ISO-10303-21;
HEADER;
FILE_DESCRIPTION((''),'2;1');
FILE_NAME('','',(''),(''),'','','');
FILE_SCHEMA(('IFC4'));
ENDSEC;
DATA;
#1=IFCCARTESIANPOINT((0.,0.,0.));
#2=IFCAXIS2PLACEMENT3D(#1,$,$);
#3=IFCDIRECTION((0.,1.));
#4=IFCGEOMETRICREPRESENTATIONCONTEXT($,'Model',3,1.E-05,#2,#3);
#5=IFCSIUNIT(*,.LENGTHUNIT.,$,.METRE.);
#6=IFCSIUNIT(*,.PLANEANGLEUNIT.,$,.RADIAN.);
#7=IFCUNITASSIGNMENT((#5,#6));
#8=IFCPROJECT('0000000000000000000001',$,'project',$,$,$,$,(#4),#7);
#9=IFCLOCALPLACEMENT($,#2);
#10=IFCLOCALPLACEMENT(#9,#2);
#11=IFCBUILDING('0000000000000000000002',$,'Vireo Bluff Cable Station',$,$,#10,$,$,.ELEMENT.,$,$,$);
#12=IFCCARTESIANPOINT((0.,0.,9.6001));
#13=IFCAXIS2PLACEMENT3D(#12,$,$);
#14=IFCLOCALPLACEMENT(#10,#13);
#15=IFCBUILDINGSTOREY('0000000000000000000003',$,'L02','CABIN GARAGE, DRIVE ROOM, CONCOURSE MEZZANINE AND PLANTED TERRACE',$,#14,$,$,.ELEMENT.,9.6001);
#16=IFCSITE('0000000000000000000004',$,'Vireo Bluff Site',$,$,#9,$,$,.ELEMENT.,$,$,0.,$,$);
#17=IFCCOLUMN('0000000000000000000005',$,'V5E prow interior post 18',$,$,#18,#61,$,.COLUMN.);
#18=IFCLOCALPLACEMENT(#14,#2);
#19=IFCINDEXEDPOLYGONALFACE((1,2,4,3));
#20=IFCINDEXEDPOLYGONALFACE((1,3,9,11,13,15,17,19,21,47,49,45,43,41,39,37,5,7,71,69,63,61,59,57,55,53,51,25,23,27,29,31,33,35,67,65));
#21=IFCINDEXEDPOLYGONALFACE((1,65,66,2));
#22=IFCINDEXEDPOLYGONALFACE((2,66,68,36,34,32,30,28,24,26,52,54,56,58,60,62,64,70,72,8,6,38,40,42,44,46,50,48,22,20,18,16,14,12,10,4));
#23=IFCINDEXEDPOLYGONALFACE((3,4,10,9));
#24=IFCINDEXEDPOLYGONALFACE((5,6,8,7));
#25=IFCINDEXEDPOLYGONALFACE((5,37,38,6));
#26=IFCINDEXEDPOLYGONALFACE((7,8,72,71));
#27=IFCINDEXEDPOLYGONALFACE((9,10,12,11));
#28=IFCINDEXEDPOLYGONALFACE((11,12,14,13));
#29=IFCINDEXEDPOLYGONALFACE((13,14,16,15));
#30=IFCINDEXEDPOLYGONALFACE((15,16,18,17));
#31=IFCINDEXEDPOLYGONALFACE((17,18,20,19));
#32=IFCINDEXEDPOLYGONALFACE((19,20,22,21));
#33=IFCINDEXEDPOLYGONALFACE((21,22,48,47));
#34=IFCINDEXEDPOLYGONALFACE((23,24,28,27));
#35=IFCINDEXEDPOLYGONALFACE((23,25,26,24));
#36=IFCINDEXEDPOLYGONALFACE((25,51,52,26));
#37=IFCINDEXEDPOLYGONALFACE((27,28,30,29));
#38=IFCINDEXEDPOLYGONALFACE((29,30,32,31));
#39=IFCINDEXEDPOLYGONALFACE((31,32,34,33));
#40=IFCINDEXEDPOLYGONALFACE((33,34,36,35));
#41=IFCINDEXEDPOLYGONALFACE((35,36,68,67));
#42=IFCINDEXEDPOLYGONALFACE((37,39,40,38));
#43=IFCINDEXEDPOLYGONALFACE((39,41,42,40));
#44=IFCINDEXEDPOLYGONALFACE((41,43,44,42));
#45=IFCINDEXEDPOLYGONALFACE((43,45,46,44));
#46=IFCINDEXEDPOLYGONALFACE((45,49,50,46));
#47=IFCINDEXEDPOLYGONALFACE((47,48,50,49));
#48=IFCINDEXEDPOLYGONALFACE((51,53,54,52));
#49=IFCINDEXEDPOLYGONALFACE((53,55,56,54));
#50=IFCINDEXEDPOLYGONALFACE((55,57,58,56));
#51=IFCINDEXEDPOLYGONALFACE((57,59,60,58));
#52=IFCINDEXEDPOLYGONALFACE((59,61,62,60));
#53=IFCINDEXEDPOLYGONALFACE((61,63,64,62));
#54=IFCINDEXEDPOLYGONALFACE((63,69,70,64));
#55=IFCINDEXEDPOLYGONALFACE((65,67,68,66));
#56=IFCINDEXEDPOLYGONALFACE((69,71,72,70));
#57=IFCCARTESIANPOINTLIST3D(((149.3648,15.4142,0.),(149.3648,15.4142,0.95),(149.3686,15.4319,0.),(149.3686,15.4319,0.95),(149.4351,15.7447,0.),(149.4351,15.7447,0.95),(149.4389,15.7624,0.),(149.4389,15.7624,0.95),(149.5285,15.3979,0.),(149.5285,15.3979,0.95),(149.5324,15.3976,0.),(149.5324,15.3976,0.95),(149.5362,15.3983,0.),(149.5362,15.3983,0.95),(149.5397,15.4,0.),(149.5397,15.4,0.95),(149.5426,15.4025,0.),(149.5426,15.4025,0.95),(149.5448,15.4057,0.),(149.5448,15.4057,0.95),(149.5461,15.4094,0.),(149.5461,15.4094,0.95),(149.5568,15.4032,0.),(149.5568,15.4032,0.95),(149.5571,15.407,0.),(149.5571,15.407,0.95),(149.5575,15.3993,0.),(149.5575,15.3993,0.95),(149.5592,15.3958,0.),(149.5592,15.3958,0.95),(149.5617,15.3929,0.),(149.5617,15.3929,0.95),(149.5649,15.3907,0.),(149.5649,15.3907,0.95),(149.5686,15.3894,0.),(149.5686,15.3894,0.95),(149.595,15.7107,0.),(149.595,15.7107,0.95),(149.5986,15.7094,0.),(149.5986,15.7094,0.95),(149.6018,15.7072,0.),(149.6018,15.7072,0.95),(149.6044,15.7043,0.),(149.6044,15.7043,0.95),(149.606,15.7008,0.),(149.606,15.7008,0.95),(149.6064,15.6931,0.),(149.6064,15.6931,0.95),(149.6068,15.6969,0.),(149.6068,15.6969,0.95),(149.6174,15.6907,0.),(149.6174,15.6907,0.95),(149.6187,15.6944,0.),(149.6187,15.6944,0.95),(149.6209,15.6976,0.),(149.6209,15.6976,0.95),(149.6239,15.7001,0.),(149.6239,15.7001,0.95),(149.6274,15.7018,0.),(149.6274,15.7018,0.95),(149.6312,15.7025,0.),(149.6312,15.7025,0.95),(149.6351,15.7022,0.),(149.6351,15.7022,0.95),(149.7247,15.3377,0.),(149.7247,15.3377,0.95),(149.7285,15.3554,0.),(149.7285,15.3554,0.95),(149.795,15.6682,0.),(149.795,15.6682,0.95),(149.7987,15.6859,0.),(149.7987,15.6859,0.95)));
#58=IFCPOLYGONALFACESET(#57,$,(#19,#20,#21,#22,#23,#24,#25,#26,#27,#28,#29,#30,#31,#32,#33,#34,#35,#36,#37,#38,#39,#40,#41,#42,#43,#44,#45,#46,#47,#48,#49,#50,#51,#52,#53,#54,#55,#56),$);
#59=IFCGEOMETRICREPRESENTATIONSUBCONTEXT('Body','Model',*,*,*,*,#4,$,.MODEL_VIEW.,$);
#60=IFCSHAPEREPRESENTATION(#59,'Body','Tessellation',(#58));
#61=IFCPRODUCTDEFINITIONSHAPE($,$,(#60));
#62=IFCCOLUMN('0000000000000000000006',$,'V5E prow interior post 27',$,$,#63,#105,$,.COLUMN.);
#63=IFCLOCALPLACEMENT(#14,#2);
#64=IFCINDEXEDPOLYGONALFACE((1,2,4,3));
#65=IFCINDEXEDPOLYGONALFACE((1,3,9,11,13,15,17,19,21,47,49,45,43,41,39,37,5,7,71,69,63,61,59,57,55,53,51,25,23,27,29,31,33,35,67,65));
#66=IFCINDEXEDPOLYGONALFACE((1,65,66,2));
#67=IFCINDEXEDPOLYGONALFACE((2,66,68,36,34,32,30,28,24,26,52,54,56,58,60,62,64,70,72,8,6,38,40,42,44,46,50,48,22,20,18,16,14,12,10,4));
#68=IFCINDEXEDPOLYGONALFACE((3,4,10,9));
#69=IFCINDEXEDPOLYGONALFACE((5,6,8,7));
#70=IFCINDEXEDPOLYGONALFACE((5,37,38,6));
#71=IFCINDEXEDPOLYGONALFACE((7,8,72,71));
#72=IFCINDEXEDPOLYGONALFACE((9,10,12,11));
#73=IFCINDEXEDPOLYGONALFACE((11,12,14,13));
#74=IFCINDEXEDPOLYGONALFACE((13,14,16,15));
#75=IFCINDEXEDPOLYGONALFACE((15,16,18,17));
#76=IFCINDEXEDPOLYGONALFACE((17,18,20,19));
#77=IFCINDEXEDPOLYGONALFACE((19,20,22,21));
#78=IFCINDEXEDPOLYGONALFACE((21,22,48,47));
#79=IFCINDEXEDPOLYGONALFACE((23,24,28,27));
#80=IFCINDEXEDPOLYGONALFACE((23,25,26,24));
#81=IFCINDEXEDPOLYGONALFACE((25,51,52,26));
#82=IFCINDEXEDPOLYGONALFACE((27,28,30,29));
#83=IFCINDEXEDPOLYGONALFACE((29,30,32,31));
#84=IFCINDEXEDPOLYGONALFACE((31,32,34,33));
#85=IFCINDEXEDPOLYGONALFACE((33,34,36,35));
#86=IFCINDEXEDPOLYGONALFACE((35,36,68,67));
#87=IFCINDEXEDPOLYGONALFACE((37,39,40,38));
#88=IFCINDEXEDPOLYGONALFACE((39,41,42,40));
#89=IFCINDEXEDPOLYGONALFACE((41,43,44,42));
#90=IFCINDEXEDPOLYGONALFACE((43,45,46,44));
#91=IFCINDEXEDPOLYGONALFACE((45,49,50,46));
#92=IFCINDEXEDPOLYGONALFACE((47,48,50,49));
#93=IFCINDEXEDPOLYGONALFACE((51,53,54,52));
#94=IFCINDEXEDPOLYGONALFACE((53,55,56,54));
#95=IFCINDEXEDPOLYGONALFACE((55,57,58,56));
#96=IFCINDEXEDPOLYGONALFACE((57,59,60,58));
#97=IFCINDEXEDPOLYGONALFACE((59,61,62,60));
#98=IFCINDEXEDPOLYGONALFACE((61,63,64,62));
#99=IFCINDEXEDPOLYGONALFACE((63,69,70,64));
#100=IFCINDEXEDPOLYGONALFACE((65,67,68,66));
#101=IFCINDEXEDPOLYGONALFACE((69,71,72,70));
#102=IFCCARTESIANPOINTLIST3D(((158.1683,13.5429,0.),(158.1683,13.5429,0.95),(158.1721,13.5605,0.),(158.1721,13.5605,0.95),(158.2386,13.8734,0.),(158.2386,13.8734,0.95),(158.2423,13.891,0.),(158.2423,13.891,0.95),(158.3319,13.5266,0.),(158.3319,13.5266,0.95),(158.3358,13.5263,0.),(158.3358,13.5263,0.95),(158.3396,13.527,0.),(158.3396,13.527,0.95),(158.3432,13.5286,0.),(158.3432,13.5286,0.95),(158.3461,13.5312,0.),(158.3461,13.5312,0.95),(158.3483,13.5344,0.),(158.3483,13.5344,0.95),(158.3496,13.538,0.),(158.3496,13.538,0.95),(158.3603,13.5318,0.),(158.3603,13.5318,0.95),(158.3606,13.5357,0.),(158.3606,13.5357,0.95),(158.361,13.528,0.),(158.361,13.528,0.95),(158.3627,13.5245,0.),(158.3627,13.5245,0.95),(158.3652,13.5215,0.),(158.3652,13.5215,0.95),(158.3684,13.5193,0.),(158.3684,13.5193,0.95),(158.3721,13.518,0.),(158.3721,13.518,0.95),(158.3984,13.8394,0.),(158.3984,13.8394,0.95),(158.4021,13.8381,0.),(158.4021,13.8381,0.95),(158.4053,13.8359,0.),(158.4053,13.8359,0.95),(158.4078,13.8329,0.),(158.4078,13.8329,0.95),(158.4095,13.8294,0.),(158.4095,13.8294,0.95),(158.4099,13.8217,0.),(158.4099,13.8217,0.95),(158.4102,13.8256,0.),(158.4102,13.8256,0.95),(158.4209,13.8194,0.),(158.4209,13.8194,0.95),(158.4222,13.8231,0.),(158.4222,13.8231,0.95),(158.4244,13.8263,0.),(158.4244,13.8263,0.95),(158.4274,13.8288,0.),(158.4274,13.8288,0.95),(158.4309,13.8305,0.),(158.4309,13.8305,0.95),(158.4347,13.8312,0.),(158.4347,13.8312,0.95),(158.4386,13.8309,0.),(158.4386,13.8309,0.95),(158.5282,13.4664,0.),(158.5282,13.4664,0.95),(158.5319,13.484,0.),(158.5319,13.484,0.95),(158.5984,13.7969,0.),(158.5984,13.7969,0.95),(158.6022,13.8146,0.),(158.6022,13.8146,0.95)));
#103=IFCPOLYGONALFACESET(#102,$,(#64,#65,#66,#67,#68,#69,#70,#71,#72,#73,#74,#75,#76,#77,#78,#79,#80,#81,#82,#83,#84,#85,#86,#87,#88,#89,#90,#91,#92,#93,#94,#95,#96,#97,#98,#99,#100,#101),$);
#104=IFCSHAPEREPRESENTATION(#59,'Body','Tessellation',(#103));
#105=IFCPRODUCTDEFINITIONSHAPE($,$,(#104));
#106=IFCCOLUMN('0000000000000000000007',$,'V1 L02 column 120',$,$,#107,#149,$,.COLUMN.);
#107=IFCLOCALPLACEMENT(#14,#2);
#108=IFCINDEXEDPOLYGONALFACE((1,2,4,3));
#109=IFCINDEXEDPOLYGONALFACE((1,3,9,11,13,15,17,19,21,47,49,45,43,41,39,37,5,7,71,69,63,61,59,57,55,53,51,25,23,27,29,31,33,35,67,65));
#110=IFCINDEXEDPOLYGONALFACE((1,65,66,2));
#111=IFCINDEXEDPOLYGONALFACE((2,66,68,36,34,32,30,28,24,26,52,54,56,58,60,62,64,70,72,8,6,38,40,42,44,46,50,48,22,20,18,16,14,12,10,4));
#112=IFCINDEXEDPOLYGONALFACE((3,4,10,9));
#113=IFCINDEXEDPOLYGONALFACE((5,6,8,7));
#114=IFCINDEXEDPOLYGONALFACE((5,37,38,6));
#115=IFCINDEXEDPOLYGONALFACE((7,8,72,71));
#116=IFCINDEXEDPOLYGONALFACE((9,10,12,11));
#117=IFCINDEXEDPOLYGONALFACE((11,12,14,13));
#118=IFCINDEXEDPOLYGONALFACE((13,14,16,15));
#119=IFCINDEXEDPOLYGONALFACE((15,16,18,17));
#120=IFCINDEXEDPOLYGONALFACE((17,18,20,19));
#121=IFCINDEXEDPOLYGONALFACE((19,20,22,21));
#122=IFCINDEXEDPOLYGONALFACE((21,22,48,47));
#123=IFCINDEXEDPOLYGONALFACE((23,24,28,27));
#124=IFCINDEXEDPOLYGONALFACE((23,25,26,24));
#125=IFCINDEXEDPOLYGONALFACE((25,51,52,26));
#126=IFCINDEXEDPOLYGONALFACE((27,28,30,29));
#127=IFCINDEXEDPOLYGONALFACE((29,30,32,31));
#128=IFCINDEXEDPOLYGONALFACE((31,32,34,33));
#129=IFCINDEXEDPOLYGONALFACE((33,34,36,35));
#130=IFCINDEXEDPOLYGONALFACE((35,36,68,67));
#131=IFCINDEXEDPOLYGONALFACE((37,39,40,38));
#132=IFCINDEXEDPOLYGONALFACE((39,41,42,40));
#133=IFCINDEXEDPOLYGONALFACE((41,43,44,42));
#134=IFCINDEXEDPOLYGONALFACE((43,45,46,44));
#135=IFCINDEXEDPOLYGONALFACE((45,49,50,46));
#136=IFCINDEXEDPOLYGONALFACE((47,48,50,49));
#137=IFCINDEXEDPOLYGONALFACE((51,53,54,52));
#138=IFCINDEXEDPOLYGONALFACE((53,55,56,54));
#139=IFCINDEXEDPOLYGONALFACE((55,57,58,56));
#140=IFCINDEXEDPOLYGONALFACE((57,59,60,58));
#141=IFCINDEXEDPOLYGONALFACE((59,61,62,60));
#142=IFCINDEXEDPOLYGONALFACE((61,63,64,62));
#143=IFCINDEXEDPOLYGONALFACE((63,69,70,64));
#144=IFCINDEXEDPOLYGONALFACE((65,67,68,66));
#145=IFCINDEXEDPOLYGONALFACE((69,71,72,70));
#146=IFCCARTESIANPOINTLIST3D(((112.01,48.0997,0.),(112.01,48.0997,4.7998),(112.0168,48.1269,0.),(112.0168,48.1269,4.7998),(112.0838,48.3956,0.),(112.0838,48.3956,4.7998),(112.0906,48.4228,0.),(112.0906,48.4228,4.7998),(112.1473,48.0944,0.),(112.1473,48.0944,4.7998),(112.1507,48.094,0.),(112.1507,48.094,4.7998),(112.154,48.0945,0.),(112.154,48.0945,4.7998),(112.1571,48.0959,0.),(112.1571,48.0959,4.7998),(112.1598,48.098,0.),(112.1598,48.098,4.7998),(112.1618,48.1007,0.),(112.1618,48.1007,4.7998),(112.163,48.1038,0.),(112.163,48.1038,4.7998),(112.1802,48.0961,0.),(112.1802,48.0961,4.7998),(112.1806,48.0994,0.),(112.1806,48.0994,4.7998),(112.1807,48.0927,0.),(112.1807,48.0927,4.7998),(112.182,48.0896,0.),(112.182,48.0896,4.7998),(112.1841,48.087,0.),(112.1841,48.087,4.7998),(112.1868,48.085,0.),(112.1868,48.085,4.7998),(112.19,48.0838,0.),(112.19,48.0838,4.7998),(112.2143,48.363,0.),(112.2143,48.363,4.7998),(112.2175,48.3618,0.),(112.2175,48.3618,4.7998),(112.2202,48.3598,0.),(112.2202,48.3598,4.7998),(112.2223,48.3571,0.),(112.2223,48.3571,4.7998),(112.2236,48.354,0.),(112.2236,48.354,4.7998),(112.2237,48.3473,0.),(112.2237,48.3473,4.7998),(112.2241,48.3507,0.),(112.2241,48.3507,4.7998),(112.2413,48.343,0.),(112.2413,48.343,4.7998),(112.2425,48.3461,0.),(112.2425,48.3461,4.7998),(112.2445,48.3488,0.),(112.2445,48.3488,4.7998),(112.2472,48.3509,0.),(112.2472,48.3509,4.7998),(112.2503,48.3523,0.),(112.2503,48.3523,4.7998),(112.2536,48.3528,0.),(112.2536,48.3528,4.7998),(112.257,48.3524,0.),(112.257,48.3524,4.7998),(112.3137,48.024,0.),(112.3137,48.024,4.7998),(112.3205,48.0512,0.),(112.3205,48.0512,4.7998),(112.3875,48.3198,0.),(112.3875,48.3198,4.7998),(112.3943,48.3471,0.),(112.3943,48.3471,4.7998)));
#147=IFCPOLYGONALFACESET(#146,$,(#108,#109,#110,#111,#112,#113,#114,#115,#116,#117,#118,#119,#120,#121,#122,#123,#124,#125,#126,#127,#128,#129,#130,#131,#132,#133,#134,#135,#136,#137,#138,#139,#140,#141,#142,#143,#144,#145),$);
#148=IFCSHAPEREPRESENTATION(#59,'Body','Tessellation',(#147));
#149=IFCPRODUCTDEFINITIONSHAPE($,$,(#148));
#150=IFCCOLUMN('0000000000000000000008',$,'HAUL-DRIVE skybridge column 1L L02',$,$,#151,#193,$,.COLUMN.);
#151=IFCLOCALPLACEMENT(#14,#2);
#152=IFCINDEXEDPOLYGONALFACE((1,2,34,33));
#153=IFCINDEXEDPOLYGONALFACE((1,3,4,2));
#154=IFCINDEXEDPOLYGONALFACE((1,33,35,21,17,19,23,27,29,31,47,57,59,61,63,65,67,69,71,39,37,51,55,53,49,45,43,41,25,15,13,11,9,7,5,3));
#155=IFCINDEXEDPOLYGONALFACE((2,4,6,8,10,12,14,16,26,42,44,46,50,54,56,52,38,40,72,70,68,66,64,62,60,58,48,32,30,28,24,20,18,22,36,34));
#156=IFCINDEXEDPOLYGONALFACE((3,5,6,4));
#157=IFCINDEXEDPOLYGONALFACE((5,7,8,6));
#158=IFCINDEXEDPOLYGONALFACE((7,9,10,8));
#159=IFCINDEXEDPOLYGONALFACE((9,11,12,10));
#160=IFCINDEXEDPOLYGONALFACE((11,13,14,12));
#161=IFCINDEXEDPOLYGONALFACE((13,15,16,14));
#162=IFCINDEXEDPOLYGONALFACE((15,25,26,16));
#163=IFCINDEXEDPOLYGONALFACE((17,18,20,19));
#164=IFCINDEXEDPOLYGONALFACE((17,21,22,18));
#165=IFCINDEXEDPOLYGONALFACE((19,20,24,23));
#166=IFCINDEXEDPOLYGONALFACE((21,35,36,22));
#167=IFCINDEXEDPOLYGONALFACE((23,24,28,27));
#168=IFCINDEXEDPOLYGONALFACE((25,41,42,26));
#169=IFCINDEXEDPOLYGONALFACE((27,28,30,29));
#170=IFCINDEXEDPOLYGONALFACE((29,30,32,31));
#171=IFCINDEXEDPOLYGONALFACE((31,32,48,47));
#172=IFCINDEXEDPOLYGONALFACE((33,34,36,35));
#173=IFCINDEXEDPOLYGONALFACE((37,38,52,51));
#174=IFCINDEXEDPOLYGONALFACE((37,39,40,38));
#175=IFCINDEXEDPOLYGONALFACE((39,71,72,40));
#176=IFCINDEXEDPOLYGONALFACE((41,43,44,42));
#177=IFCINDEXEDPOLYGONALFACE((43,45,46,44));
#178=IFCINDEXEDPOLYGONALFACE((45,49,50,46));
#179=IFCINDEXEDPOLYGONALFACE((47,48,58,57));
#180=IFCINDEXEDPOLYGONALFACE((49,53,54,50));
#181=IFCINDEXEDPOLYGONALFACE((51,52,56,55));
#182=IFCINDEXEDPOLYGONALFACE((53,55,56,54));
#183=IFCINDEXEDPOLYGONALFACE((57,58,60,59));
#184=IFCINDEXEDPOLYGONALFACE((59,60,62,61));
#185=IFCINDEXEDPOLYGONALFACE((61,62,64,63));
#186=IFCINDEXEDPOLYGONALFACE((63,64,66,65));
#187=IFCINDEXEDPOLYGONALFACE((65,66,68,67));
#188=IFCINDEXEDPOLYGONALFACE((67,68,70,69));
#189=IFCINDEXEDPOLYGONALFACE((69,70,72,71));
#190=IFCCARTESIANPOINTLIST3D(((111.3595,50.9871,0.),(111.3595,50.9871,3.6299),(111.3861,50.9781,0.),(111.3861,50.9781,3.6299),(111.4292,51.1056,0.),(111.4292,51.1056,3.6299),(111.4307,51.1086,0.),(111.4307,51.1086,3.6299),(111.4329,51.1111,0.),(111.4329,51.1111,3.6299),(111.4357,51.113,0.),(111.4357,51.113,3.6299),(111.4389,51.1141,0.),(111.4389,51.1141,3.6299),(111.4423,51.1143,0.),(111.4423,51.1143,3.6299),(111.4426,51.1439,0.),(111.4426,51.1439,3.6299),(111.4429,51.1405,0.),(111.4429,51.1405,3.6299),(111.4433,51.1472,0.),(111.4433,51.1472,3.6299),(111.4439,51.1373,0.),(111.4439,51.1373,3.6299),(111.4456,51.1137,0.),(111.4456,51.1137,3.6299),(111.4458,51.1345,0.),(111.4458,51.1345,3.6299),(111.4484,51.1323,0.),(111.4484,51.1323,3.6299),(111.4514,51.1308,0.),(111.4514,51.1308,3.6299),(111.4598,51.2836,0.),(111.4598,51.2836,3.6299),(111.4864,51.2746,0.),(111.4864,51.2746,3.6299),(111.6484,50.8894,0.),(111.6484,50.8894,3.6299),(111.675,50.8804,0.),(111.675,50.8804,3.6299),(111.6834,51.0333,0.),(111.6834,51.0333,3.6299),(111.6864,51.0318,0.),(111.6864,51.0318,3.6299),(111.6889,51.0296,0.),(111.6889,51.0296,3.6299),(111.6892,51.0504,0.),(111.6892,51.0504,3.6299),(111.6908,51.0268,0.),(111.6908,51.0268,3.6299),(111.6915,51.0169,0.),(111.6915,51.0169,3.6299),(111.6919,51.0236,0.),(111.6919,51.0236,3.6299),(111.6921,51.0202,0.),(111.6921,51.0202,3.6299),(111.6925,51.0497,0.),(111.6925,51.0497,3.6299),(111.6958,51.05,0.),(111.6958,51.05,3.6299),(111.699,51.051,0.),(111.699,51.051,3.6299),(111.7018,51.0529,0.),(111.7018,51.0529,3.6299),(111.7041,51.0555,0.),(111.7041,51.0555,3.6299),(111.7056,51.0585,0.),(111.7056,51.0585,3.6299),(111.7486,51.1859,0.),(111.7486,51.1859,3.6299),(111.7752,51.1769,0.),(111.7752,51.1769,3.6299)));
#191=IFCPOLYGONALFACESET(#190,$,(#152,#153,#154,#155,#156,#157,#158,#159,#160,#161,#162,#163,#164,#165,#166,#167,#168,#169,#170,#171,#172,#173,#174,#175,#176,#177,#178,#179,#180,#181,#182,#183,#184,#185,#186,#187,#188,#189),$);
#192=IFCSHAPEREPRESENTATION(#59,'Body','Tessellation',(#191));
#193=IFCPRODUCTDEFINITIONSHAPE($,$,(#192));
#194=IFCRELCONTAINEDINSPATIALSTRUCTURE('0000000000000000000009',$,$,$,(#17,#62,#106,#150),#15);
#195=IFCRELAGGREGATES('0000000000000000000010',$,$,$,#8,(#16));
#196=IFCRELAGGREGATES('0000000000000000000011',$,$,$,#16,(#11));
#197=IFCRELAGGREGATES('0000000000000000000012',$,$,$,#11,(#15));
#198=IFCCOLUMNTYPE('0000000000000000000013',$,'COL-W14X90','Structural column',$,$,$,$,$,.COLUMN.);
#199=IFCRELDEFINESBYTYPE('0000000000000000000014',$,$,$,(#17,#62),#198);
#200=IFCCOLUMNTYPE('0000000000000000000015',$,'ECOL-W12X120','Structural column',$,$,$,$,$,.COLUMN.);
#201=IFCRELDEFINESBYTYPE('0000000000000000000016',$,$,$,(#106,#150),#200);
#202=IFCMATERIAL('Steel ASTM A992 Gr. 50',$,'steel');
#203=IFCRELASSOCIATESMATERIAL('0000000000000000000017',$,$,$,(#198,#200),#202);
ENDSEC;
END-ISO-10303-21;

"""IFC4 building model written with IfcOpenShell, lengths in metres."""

from ifc_helpers import new_model, si_unit, direction, frame, origin, origin_2d, place, context, subcontext, project, spatial, i_section, extrude, material, material_profile, profile_set, type_object, element, save


model = new_model("IFC4")

# Units and contexts
model_context = context("Model", 3, precision=1e-05, world=origin(), true_north=direction((0.0, 1.0)))
body_context = subcontext(model_context, "Body", "Model", "MODEL_VIEW")
ifc_project = project(units=[si_unit("LENGTHUNIT", "METRE"), si_unit("PLANEANGLEUNIT", "RADIAN")], contexts=[model_context])

# Site, building, storey
site_placement = place(None, origin())
site = spatial("IfcSite", under=ifc_project, at=site_placement, Name="Vireo Bluff Site", CompositionType="ELEMENT", RefElevation=0.0)
building_placement = place(site_placement, origin())
building = spatial("IfcBuilding", under=site, at=building_placement, Name="Vireo Bluff Cable Station", CompositionType="ELEMENT")
storey_placement = place(building_placement, frame((0.0, 0.0, 9.6001)))
storey = spatial("IfcBuildingStorey", under=building, at=storey_placement, Name="L02", Description="CABIN GARAGE, DRIVE ROOM, CONCOURSE MEZZANINE AND PLANTED TERRACE", CompositionType="ELEMENT", Elevation=9.6001)

# Columns
ifc_material_1 = material(Name="Steel ASTM A992 Gr. 50", Category="steel")
ifc_material_profile_1 = material_profile(ifc_material_1, i_section(OverallWidth=0.3679, OverallDepth=0.356, WebThickness=0.0112, FlangeThickness=0.0181, FilletRadius=0.0149, at=origin_2d()), Name="W14X90")
ifc_profile_set_1 = profile_set([ifc_material_profile_1], Name="Steel ASTM A992 Gr. 50")
column_type_1 = type_object("IfcColumnType", Name="COL-W14X90", Description="Structural column", PredefinedType="COLUMN", material=ifc_profile_set_1)
for number, where, z_axis, x_axis, name in (
    (1, (149.5818, 15.55, 0.0), (0.0, 0.0, 1.0), (0.978148, -0.207912, 0.0), "V5E prow interior post 18"),
    (2, (158.3853, 13.6787, 0.0), (0.0, 0.0, 1.0), (0.978148, -0.207912, 0.0), "V5E prow interior post 27"),
):
    element("IfcColumn", number, at=place(storey_placement, frame(where, z_axis=z_axis, x_axis=x_axis)), inside=storey, type_object=column_type_1, Name=name, PredefinedType="COLUMN", context=body_context, shape_type="SweptSolid", body=[
        extrude(i_section(OverallWidth=0.3679, OverallDepth=0.356, WebThickness=0.0112, FlangeThickness=0.0181, FilletRadius=0.0149, at=origin_2d()), origin(), (0.0, 0.0, 1.0), 0.95),
    ])
ifc_material_profile_2 = material_profile(ifc_material_1, i_section(OverallWidth=0.313, OverallDepth=0.333, WebThickness=0.0181, FlangeThickness=0.0281, FilletRadius=0.0129, at=origin_2d()), Name="W12X120")
ifc_profile_set_2 = profile_set([ifc_material_profile_2], Name="Steel ASTM A992 Gr. 50")
column_type_2 = type_object("IfcColumnType", Name="ECOL-W12X120", Description="Structural column", PredefinedType="COLUMN", material=ifc_profile_set_2)
column_1_placement = place(storey_placement, frame((112.2021, 48.2234, 0.0), z_axis=(0.0, 0.0, 1.0), x_axis=(0.970296, -0.241922, 0.0)))
element("IfcColumn", 3, at=column_1_placement, inside=storey, type_object=column_type_2, Name="V1 L02 column 120", PredefinedType="COLUMN", context=body_context, shape_type="SweptSolid", body=[
    extrude(i_section(OverallWidth=0.313, OverallDepth=0.333, WebThickness=0.0181, FlangeThickness=0.0281, FilletRadius=0.0129, at=origin_2d()), origin(), (0.0, 0.0, 1.0), 4.7998),
])
column_2_placement = place(storey_placement, frame((111.5674, 51.082, 0.0), z_axis=(0.0, 0.0, 1.0), x_axis=(0.320352, 0.947299, 0.0)))
element("IfcColumn", 4, at=column_2_placement, inside=storey, type_object=column_type_2, Name="HAUL-DRIVE skybridge column 1L L02", PredefinedType="COLUMN", context=body_context, shape_type="SweptSolid", body=[
    extrude(i_section(OverallWidth=0.313, OverallDepth=0.333, WebThickness=0.0181, FlangeThickness=0.0281, FilletRadius=0.0129, at=origin_2d()), origin(), (0.0, 0.0, 1.0), 3.6299),
])

save(model, "model.ifc")
